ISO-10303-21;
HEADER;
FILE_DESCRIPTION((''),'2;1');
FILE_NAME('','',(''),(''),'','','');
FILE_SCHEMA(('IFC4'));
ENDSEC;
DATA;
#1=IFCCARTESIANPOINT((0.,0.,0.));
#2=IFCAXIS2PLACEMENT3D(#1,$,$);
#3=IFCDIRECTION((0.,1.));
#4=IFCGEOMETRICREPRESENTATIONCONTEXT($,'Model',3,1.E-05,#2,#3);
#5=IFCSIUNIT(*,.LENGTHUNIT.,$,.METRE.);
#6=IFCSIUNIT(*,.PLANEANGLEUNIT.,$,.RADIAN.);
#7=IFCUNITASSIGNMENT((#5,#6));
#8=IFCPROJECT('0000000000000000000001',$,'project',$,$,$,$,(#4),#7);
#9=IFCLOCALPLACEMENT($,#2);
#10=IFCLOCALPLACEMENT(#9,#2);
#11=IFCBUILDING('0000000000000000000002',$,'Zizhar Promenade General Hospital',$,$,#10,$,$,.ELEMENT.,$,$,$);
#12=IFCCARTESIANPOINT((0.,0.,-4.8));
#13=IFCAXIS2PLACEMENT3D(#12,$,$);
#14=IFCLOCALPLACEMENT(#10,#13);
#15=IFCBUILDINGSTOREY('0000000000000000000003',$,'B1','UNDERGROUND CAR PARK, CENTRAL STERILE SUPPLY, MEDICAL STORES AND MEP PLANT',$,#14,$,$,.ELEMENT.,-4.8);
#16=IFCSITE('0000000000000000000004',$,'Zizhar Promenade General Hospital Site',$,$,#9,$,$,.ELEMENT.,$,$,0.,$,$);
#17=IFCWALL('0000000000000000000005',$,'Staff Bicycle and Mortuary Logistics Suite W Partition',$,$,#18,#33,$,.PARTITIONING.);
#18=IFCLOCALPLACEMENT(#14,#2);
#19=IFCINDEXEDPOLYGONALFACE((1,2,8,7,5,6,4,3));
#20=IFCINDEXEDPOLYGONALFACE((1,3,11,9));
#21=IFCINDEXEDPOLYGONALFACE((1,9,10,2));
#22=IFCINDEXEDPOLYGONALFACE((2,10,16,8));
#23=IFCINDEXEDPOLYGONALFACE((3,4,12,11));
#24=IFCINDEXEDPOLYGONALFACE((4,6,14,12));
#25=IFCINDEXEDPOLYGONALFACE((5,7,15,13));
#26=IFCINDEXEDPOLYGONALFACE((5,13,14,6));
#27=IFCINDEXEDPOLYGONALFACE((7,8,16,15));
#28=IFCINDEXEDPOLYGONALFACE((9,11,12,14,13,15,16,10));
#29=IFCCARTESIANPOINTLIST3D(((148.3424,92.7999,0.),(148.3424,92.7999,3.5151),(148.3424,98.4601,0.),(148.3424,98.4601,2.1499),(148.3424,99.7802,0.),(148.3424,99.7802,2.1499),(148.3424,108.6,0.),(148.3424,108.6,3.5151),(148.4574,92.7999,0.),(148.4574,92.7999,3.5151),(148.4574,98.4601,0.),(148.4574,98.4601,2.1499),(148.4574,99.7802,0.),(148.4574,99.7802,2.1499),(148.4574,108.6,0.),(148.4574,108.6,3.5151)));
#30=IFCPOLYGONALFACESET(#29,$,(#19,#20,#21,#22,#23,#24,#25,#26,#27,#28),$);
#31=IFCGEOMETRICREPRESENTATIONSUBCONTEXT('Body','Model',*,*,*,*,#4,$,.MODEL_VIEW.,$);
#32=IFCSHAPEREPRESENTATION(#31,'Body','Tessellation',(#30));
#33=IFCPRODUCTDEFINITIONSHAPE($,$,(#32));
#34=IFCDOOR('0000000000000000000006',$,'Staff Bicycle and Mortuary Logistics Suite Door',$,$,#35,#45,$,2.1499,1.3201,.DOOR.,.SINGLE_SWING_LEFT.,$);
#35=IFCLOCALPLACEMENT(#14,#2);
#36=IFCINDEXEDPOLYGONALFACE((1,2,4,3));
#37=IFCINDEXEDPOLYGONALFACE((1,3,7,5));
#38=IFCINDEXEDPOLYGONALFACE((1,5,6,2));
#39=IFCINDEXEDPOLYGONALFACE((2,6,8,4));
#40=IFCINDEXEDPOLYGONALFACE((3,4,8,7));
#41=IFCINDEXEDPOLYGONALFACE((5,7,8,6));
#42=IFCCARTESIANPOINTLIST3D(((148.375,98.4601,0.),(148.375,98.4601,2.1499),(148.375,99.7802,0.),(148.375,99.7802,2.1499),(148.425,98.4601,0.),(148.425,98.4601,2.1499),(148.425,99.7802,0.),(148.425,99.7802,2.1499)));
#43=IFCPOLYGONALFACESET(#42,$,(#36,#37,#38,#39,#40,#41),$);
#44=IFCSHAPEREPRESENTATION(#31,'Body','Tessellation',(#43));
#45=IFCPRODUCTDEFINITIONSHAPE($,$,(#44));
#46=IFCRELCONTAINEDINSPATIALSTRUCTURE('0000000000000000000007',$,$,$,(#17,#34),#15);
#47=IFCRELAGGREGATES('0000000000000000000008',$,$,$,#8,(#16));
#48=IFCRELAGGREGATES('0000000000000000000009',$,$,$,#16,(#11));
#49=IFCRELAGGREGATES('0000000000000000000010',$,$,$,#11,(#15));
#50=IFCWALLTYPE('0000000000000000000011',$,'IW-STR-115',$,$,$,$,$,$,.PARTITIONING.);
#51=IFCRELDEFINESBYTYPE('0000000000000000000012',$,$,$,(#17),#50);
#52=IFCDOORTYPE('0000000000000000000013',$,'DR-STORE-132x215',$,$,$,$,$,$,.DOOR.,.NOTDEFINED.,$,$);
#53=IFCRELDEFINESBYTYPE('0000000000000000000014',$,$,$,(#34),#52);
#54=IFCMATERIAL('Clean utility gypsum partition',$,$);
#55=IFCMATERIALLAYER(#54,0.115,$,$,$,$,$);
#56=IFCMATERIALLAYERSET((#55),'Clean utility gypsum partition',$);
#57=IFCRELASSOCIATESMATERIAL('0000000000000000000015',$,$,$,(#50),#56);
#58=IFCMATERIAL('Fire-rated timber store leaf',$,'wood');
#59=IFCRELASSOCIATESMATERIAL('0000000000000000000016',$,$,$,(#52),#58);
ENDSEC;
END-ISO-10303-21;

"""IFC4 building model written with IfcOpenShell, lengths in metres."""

from ifc_helpers import new_model, si_unit, direction, frame, frame_2d, origin, place, context, subcontext, project, spatial, rectangle, extrude, material, layer, layer_set, type_object, element, fill, save


model = new_model("IFC4")

# Units and contexts
model_context = context("Model", 3, precision=1e-05, world=origin(), true_north=direction((0.0, 1.0)))
body_context = subcontext(model_context, "Body", "Model", "MODEL_VIEW")
ifc_project = project(units=[si_unit("LENGTHUNIT", "METRE"), si_unit("PLANEANGLEUNIT", "RADIAN")], contexts=[model_context])

# Site, building, storey
site_placement = place(None, origin())
site = spatial("IfcSite", under=ifc_project, at=site_placement, Name="Zizhar Promenade General Hospital Site", CompositionType="ELEMENT", RefElevation=0.0)
building_placement = place(site_placement, origin())
building = spatial("IfcBuilding", under=site, at=building_placement, Name="Zizhar Promenade General Hospital", CompositionType="ELEMENT")
storey_placement = place(building_placement, frame((0.0, 0.0, -4.8)))
storey = spatial("IfcBuildingStorey", under=building, at=storey_placement, Name="B1", Description="UNDERGROUND CAR PARK, CENTRAL STERILE SUPPLY, MEDICAL STORES AND MEP PLANT", CompositionType="ELEMENT", Elevation=-4.8)

# Shared definitions
ifc_material_1 = material(Name="Clean utility gypsum partition")
ifc_layer = layer(ifc_material_1, 0.115)
ifc_layer_set = layer_set([ifc_layer], Name="Clean utility gypsum partition")
wall_type = type_object("IfcWallType", Name="IW-STR-115", PredefinedType="PARTITIONING", material=ifc_layer_set)

# Wall, opening, door
wall_1_placement = place(storey_placement, frame((148.3999, 92.8, 0.0), z_axis=(0.0, 0.0, 1.0), x_axis=(0.0, 1.0, 0.0)))
wall_1 = element("IfcWall", 1, at=wall_1_placement, inside=storey, type_object=wall_type, Name="Staff Bicycle and Mortuary Logistics Suite W Partition", PredefinedType="PARTITIONING", context=body_context, shape_type="SweptSolid", body=[
    extrude(rectangle(XDim=15.8, YDim=0.115, at=frame_2d((7.8999, 0.0))), origin(), (0.0, 0.0, 1.0), 3.5151),
])
opening_placement = place(wall_1_placement, frame((5.6599, 0.0, 0.0)))
opening = element("IfcOpeningElement", 2, at=opening_placement, cuts=wall_1, PredefinedType="OPENING", context=body_context, shape_type="SweptSolid", body=[
    extrude(rectangle(XDim=1.3201, YDim=2.1499, at=frame_2d((0.6602, 1.075))), frame((0.0, 0.0674, 0.0), z_axis=(0.0, -1.0, 0.0), x_axis=(1.0, 0.0, 0.0)), (0.0, 0.0, 1.0), 0.135),
])
ifc_material_2 = material(Name="Fire-rated timber store leaf", Category="wood")
door_type = type_object("IfcDoorType", Name="DR-STORE-132x215", OperationType="NOTDEFINED", PredefinedType="DOOR", material=ifc_material_2)
door_placement = place(opening_placement, origin())
door = element("IfcDoor", 3, at=door_placement, inside=storey, type_object=door_type, Name="Staff Bicycle and Mortuary Logistics Suite Door", OperationType="SINGLE_SWING_LEFT", OverallHeight=2.1499, OverallWidth=1.3201, PredefinedType="DOOR", context=body_context, shape_type="SweptSolid", body=[
    extrude(rectangle(XDim=1.3201, YDim=2.1499, at=frame_2d((0.6602, 1.075))), frame((0.0, 0.0249, 0.0), z_axis=(0.0, -1.0, 0.0), x_axis=(1.0, 0.0, 0.0)), (0.0, 0.0, 1.0), 0.05),
])
fill(opening, door)

save(model, "model.ifc")
